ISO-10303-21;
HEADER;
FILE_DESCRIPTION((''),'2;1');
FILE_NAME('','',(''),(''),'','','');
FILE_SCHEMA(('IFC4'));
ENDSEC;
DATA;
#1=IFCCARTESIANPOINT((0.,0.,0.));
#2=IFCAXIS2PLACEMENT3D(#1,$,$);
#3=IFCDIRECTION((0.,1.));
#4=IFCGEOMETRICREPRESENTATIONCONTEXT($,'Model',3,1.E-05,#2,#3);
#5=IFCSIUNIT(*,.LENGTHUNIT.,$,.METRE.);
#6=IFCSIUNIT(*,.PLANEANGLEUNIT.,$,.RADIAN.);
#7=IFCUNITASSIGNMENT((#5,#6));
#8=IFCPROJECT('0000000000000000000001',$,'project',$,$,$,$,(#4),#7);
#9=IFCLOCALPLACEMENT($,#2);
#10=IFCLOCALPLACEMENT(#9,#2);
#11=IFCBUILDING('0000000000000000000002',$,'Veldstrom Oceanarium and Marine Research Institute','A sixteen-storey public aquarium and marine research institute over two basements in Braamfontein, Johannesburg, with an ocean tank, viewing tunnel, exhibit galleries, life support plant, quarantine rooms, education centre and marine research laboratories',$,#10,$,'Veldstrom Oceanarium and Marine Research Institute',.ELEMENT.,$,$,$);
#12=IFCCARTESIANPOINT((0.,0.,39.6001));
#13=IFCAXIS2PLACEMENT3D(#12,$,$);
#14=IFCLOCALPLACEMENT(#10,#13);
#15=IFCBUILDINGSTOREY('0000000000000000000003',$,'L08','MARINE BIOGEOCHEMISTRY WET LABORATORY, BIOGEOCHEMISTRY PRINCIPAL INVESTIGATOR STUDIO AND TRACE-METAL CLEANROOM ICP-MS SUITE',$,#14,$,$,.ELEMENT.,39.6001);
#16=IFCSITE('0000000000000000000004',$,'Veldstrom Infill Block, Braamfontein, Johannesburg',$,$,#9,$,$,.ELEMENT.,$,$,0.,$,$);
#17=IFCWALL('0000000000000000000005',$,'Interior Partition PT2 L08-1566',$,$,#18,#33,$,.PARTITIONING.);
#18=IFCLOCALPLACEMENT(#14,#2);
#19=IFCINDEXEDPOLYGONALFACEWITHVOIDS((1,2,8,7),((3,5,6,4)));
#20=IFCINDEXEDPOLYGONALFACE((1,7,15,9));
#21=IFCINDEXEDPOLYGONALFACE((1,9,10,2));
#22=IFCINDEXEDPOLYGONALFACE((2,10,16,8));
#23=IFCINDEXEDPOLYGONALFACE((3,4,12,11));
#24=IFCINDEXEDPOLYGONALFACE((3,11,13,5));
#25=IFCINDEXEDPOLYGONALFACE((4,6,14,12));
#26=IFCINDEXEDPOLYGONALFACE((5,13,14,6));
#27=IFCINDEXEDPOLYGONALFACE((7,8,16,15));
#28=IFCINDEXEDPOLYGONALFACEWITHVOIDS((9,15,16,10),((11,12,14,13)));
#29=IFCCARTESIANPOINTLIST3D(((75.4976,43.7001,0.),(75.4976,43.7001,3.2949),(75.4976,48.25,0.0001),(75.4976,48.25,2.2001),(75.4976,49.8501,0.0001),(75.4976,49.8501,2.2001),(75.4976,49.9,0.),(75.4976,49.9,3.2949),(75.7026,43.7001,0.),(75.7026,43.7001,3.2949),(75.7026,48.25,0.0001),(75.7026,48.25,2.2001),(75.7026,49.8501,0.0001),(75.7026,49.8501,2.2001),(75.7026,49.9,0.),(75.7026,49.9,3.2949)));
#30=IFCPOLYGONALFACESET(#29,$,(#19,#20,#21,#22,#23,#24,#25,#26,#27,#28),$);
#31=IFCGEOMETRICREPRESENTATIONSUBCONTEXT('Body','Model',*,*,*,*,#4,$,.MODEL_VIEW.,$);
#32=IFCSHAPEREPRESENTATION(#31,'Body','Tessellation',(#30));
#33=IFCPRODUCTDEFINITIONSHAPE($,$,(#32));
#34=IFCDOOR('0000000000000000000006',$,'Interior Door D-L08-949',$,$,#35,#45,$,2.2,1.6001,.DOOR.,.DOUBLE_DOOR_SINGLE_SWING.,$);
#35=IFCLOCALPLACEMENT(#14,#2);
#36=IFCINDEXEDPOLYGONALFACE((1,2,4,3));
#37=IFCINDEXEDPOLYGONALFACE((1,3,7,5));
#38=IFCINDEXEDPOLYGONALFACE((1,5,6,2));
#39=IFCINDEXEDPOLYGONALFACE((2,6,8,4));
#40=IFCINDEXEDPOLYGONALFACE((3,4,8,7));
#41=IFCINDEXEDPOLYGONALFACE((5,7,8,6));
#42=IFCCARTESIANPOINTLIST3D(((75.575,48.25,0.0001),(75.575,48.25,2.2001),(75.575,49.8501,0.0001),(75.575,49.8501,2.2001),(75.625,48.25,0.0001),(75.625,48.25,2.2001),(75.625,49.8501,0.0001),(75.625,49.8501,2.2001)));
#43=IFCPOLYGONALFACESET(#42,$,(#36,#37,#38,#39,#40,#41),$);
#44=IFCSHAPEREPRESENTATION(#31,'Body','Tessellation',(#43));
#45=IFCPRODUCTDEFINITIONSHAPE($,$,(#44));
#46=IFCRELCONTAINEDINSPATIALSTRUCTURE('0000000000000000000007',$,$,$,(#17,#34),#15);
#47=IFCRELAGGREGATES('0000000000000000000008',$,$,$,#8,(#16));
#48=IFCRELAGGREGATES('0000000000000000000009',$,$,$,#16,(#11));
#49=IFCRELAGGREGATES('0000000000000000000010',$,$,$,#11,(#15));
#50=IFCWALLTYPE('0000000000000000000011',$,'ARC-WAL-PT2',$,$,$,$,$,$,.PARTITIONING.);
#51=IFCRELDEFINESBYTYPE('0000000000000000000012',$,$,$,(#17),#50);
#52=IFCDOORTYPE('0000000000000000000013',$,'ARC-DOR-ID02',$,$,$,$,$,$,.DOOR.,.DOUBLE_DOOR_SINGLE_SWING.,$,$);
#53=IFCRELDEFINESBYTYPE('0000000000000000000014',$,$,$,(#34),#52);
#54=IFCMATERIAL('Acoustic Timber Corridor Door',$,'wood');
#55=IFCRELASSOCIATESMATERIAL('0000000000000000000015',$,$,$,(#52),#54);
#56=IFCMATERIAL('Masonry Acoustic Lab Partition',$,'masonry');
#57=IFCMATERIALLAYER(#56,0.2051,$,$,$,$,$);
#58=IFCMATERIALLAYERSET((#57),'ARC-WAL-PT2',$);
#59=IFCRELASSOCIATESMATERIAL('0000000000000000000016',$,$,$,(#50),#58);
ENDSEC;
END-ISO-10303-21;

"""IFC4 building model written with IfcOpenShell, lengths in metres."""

from ifc_helpers import new_model, si_unit, direction, frame, frame_2d, origin, place, context, subcontext, project, spatial, rectangle, extrude, material, layer, layer_set, type_object, element, fill, save


model = new_model("IFC4")

# Units and contexts
model_context = context("Model", 3, precision=1e-05, world=origin(), true_north=direction((0.0, 1.0)))
body_context = subcontext(model_context, "Body", "Model", "MODEL_VIEW")
ifc_project = project(units=[si_unit("LENGTHUNIT", "METRE"), si_unit("PLANEANGLEUNIT", "RADIAN")], contexts=[model_context])

# Site, building, storey
site_placement = place(None, origin())
site = spatial("IfcSite", under=ifc_project, at=site_placement, Name="Veldstrom Infill Block, Braamfontein, Johannesburg", CompositionType="ELEMENT", RefElevation=0.0)
building_placement = place(site_placement, origin())
building = spatial("IfcBuilding", under=site, at=building_placement, Name="Veldstrom Oceanarium and Marine Research Institute", Description="A sixteen-storey public aquarium and marine research institute over two basements in Braamfontein, Johannesburg, with an ocean tank, viewing tunnel, exhibit galleries, life support plant, quarantine rooms, education centre and marine research laboratories", LongName="Veldstrom Oceanarium and Marine Research Institute", CompositionType="ELEMENT")
storey_placement = place(building_placement, frame((0.0, 0.0, 39.6001)))
storey = spatial("IfcBuildingStorey", under=building, at=storey_placement, Name="L08", Description="MARINE BIOGEOCHEMISTRY WET LABORATORY, BIOGEOCHEMISTRY PRINCIPAL INVESTIGATOR STUDIO AND TRACE-METAL CLEANROOM ICP-MS SUITE", CompositionType="ELEMENT", Elevation=39.6001)

# Wall, opening, door
ifc_material_1 = material(Name="Acoustic Timber Corridor Door", Category="wood")
door_type_1 = type_object("IfcDoorType", Name="ARC-DOR-ID02", OperationType="DOUBLE_DOOR_SINGLE_SWING", PredefinedType="DOOR", material=ifc_material_1)
ifc_material_2 = material(Name="Masonry Acoustic Lab Partition", Category="masonry")
ifc_layer_1 = layer(ifc_material_2, 0.2051)
ifc_layer_set_1 = layer_set([ifc_layer_1], Name="ARC-WAL-PT2")
wall_type_1 = type_object("IfcWallType", Name="ARC-WAL-PT2", PredefinedType="PARTITIONING", material=ifc_layer_set_1)
wall_1_placement = place(storey_placement, frame((75.6001, 43.7, 0.0), z_axis=(0.0, 0.0, 1.0), x_axis=(0.0, 1.0, 0.0)))
wall_1 = element("IfcWall", 1, at=wall_1_placement, inside=storey, type_object=wall_type_1, Name="Interior Partition PT2 L08-1566", PredefinedType="PARTITIONING", context=body_context, shape_type="SweptSolid", body=[
    extrude(rectangle(XDim=6.2, YDim=0.2051, at=frame_2d((3.1001, 0.0))), origin(), (0.0, 0.0, 1.0), 3.2949),
])
opening_1_placement = place(wall_1_placement, frame((4.55, 0.0, 0.0)))
opening_1 = element("IfcOpeningElement", 2, at=opening_1_placement, cuts=wall_1, PredefinedType="OPENING", context=body_context, shape_type="SweptSolid", body=[
    extrude(rectangle(XDim=1.6001, YDim=2.2, at=frame_2d((0.8, 1.1001))), frame((0.0, 0.1125, 0.0), z_axis=(0.0, -1.0, 0.0), x_axis=(1.0, 0.0, 0.0)), (0.0, 0.0, 1.0), 0.2251),
])
door_1_placement = place(opening_1_placement, frame((1.6001, 0.0, 0.0), z_axis=(0.0, 0.0, 1.0), x_axis=(-1.0, 0.0, 0.0)))
door_1 = element("IfcDoor", 3, at=door_1_placement, inside=storey, type_object=door_type_1, Name="Interior Door D-L08-949", OperationType="DOUBLE_DOOR_SINGLE_SWING", OverallHeight=2.2, OverallWidth=1.6001, PredefinedType="DOOR", context=body_context, shape_type="SweptSolid", body=[
    extrude(rectangle(XDim=1.6001, YDim=2.2, at=frame_2d((0.8, 1.1001))), frame((0.0, 0.0249, 0.0), z_axis=(0.0, -1.0, 0.0), x_axis=(1.0, 0.0, 0.0)), (0.0, 0.0, 1.0), 0.05),
])
fill(opening_1, door_1)

save(model, "model.ifc")
